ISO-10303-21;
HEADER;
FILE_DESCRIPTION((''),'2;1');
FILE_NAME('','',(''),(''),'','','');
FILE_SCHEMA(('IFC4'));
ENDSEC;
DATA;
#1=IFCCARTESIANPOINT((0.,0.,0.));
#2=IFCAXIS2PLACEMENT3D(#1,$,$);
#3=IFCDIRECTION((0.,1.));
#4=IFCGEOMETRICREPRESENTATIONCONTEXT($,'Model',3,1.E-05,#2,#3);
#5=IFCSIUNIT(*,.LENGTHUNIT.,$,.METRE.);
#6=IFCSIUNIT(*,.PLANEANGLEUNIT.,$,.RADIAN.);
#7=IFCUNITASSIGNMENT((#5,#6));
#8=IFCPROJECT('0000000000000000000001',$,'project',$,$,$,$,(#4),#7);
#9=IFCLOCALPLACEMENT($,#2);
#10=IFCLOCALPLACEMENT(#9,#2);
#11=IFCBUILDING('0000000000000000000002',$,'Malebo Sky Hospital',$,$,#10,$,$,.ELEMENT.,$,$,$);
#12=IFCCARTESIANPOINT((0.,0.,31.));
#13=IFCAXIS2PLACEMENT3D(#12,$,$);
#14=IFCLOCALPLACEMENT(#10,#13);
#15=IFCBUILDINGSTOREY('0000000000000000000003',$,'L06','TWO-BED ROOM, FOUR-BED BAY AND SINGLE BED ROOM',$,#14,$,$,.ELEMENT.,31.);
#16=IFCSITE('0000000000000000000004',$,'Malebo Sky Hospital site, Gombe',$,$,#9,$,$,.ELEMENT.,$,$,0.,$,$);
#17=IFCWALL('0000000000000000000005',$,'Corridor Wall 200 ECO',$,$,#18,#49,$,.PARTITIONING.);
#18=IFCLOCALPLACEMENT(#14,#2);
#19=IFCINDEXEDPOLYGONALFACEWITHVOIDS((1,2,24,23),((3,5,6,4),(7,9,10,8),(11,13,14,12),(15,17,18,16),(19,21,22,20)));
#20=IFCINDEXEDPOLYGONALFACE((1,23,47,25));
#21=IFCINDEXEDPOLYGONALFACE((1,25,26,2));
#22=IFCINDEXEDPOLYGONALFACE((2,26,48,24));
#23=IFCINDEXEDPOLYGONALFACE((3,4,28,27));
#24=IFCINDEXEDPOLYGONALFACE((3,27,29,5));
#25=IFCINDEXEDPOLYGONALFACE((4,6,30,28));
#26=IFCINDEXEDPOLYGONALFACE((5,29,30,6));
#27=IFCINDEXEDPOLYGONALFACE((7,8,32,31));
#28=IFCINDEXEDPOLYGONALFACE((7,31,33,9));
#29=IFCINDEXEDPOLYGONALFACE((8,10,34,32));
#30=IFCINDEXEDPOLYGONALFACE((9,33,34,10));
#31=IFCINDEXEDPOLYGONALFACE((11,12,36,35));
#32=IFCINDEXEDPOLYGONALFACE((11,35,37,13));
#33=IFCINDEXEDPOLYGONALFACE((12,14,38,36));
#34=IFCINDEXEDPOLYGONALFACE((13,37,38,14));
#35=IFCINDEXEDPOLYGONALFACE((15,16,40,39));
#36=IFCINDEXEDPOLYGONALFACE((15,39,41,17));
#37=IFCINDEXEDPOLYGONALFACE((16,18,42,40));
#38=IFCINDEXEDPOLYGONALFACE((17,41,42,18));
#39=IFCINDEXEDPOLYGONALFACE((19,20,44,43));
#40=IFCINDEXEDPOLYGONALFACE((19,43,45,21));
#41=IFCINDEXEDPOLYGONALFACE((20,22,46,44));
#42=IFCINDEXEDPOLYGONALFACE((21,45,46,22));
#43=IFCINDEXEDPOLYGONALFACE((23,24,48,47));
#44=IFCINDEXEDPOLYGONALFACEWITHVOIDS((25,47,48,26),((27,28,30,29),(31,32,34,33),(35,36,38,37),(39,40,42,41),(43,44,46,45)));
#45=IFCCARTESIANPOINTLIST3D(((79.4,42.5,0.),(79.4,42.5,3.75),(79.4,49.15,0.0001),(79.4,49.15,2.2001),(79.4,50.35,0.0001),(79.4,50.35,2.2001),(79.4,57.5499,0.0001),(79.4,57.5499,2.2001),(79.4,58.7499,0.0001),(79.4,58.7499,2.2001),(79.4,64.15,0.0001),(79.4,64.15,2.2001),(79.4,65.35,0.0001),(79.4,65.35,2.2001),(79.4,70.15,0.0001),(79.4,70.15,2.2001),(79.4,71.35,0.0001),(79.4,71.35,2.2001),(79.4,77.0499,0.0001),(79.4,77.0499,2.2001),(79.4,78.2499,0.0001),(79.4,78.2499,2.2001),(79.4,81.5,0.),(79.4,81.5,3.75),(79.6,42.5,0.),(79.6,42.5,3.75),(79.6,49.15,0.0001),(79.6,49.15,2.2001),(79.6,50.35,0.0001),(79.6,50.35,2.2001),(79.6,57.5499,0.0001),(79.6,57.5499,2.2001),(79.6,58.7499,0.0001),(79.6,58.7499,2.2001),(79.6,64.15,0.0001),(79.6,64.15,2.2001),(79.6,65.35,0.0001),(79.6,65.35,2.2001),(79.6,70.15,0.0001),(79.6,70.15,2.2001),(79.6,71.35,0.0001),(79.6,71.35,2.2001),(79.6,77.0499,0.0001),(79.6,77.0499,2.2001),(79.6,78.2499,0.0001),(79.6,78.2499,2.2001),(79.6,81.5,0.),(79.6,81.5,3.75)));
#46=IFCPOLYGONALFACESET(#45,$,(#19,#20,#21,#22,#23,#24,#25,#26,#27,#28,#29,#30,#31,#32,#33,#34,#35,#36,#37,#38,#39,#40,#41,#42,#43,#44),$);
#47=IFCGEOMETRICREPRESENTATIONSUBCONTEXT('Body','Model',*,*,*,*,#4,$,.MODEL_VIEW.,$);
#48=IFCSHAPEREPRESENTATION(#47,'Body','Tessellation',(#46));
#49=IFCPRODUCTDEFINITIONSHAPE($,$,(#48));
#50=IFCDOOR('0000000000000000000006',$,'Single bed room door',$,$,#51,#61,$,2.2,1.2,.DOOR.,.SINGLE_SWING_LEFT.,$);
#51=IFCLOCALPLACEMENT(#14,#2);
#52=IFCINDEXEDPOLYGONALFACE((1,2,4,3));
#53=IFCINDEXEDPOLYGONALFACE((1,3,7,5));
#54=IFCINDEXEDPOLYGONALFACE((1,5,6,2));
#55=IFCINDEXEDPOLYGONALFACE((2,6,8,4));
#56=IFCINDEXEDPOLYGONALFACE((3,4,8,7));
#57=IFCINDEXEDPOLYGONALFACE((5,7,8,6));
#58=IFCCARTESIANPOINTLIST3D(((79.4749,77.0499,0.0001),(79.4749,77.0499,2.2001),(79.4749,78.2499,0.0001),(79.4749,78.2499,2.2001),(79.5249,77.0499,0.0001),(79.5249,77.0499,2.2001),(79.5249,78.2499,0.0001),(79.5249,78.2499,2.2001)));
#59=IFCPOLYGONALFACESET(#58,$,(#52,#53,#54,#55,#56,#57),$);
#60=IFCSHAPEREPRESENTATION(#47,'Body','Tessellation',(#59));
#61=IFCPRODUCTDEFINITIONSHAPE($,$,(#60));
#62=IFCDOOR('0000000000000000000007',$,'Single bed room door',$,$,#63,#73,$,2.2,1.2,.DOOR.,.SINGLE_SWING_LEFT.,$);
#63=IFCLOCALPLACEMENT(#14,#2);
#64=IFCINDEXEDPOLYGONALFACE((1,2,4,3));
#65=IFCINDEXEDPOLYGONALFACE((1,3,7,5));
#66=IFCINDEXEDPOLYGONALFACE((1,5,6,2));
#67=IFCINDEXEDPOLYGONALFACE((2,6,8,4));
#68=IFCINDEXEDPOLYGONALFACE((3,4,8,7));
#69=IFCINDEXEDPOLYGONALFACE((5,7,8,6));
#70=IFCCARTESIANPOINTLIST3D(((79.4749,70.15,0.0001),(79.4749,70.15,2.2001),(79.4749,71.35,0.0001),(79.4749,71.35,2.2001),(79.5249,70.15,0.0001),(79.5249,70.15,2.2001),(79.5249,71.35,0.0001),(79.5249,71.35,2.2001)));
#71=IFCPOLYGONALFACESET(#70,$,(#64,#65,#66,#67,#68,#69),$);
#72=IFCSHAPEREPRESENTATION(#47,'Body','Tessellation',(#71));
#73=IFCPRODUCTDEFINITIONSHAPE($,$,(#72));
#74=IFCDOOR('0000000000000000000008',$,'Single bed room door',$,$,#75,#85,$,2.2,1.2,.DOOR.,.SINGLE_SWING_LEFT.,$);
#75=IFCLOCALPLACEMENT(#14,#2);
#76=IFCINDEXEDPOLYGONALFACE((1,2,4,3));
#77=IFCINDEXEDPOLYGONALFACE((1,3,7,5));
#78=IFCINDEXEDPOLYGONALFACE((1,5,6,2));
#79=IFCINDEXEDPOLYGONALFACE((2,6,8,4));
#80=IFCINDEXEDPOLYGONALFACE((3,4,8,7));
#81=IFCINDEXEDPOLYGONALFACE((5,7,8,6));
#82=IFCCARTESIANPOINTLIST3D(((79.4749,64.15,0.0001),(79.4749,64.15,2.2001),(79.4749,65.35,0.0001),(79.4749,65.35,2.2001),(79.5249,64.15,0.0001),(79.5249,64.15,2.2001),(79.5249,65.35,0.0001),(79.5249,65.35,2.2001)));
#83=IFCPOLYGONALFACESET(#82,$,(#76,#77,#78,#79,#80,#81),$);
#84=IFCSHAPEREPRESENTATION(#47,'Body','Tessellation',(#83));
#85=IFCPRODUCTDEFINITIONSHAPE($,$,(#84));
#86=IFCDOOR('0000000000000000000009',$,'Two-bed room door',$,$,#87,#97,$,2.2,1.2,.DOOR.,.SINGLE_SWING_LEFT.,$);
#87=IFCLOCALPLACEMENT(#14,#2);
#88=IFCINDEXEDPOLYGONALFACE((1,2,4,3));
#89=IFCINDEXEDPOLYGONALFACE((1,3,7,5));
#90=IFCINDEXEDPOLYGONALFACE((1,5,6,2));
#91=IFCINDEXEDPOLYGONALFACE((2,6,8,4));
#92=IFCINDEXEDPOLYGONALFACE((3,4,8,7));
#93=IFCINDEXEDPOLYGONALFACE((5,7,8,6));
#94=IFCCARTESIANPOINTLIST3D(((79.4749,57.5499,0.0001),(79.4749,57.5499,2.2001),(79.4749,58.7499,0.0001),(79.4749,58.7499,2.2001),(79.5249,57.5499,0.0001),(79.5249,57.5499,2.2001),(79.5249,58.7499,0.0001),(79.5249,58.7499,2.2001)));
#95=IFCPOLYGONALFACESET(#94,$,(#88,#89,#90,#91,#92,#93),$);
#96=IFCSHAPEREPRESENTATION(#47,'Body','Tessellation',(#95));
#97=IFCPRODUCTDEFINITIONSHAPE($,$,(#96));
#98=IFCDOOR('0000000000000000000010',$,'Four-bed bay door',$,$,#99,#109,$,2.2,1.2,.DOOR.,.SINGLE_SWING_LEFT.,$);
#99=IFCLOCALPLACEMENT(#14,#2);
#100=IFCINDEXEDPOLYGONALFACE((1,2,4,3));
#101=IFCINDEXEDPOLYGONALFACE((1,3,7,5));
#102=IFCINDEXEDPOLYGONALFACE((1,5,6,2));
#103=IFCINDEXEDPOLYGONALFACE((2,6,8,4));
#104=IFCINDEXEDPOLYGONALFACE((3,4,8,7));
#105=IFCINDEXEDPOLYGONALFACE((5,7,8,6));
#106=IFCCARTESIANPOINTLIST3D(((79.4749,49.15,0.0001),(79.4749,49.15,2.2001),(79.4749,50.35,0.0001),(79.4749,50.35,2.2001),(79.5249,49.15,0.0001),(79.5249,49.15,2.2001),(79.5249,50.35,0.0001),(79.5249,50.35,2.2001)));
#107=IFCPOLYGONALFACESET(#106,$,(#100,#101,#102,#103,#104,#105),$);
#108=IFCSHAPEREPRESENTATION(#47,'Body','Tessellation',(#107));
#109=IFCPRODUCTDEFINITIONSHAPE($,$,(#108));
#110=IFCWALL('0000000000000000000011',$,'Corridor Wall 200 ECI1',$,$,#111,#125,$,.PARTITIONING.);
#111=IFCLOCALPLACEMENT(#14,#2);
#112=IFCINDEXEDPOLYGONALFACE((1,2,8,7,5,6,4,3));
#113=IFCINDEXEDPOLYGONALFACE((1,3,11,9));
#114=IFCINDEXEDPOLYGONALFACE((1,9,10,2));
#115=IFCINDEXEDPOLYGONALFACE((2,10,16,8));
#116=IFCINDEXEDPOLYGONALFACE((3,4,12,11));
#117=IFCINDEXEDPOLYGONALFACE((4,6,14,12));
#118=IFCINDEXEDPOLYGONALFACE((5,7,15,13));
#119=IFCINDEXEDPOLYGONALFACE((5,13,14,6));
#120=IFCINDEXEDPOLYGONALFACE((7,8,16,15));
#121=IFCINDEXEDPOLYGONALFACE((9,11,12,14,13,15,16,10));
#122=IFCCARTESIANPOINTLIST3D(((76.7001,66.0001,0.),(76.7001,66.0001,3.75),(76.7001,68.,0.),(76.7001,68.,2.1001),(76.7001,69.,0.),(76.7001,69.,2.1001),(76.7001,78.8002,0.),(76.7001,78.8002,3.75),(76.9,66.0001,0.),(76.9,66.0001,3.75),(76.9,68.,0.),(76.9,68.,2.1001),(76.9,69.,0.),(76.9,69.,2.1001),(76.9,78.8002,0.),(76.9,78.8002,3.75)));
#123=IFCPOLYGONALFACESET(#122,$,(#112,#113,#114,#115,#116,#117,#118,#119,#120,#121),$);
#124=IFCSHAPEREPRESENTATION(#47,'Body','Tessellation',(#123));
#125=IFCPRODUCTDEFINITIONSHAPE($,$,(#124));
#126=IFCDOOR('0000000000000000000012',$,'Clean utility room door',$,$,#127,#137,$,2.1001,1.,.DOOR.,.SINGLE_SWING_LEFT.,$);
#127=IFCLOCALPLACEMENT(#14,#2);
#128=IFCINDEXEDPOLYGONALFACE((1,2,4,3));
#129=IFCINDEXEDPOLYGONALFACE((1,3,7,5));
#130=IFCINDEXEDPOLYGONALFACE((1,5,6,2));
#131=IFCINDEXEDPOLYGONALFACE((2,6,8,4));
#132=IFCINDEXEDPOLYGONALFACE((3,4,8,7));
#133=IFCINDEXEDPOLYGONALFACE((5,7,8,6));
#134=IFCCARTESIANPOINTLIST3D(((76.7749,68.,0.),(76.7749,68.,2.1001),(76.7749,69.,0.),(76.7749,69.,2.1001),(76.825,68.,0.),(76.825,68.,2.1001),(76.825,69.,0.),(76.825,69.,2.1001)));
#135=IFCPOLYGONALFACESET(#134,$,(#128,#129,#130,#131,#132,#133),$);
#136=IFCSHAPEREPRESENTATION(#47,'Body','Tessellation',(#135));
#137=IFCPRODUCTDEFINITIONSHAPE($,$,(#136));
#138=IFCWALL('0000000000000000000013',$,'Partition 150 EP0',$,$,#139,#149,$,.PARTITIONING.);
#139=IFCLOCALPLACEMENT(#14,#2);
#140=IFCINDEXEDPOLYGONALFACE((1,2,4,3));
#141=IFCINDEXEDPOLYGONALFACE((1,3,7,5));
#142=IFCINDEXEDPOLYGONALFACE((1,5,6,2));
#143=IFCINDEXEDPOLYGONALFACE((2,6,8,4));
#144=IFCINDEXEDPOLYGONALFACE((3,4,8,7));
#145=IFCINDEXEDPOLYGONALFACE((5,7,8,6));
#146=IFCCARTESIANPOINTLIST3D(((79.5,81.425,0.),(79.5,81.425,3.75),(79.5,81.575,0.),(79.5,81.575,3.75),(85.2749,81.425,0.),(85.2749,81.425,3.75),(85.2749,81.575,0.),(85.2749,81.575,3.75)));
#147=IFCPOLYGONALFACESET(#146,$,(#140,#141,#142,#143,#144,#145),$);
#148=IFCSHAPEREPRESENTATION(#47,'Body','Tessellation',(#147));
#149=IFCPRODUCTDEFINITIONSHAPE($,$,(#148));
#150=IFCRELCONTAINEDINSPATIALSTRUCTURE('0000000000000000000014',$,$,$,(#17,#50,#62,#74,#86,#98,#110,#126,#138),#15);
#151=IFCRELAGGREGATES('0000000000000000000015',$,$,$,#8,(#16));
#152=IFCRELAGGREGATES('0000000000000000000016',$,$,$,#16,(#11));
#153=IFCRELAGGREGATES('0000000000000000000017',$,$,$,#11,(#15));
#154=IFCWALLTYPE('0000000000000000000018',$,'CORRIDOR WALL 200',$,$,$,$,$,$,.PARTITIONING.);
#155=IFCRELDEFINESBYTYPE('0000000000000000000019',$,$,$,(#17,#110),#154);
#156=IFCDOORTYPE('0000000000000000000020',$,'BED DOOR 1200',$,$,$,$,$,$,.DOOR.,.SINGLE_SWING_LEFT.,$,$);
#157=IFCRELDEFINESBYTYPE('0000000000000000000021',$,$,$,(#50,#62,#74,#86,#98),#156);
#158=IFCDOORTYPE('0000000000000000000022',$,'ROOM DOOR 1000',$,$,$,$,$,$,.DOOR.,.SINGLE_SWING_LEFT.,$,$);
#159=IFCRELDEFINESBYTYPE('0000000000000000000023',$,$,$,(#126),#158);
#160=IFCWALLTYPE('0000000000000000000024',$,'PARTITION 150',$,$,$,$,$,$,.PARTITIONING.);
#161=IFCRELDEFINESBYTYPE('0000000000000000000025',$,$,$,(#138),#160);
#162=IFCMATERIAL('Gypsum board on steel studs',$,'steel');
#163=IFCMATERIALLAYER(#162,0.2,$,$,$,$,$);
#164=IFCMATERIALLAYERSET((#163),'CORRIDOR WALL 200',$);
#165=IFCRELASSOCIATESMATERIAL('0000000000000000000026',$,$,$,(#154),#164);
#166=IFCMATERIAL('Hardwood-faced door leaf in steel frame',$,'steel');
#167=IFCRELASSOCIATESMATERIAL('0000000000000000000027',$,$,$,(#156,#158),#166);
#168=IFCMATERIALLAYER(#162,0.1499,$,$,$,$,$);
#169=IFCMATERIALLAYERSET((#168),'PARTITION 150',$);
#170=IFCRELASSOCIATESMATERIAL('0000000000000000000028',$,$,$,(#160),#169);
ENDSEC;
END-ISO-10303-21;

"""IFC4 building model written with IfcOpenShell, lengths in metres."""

from ifc_helpers import new_model, si_unit, direction, frame, frame_2d, origin, place, context, subcontext, project, spatial, rectangle, extrude, material, layer, layer_set, type_object, element, fill, save


model = new_model("IFC4")

# Units and contexts
model_context = context("Model", 3, precision=1e-05, world=origin(), true_north=direction((0.0, 1.0)))
body_context = subcontext(model_context, "Body", "Model", "MODEL_VIEW")
ifc_project = project(units=[si_unit("LENGTHUNIT", "METRE"), si_unit("PLANEANGLEUNIT", "RADIAN")], contexts=[model_context])

# Site, building, storey
site_placement = place(None, origin())
site = spatial("IfcSite", under=ifc_project, at=site_placement, Name="Malebo Sky Hospital site, Gombe", CompositionType="ELEMENT", RefElevation=0.0)
building_placement = place(site_placement, origin())
building = spatial("IfcBuilding", under=site, at=building_placement, Name="Malebo Sky Hospital", CompositionType="ELEMENT")
storey_placement = place(building_placement, frame((0.0, 0.0, 31.0)))
storey = spatial("IfcBuildingStorey", under=building, at=storey_placement, Name="L06", Description="TWO-BED ROOM, FOUR-BED BAY AND SINGLE BED ROOM", CompositionType="ELEMENT", Elevation=31.0)

# Wall, openings, doors
ifc_material_1 = material(Name="Gypsum board on steel studs", Category="steel")
ifc_layer_1 = layer(ifc_material_1, 0.2)
ifc_layer_set_1 = layer_set([ifc_layer_1], Name="CORRIDOR WALL 200")
wall_type_1 = type_object("IfcWallType", Name="CORRIDOR WALL 200", PredefinedType="PARTITIONING", material=ifc_layer_set_1)
wall_1_placement = place(storey_placement, frame((79.5, 81.5, 0.0), z_axis=(0.0, 0.0, 1.0), x_axis=(0.0, -1.0, 0.0)))
wall_1 = element("IfcWall", 1, at=wall_1_placement, inside=storey, type_object=wall_type_1, Name="Corridor Wall 200 ECO", PredefinedType="PARTITIONING", context=body_context, shape_type="SweptSolid", body=[
    extrude(rectangle(XDim=39.0, YDim=0.2, at=frame_2d((19.5, 0.0))), origin(), (0.0, 0.0, 1.0), 3.75),
])
opening_1_placement = place(wall_1_placement, frame((3.25, 0.0, 0.0)))
opening_1 = element("IfcOpeningElement", 2, at=opening_1_placement, cuts=wall_1, PredefinedType="OPENING", context=body_context, shape_type="SweptSolid", body=[
    extrude(rectangle(XDim=1.2, YDim=2.2, at=frame_2d((0.6001, 1.1001))), frame((0.0, 0.1099, 0.0), z_axis=(0.0, -1.0, 0.0), x_axis=(1.0, 0.0, 0.0)), (0.0, 0.0, 1.0), 0.22),
])
opening_2_placement = place(wall_1_placement, frame((10.1499, 0.0, 0.0)))
opening_2 = element("IfcOpeningElement", 3, at=opening_2_placement, cuts=wall_1, PredefinedType="OPENING", context=body_context, shape_type="SweptSolid", body=[
    extrude(rectangle(XDim=1.2, YDim=2.2, at=frame_2d((0.6001, 1.1001))), frame((0.0, 0.1099, 0.0), z_axis=(0.0, -1.0, 0.0), x_axis=(1.0, 0.0, 0.0)), (0.0, 0.0, 1.0), 0.22),
])
opening_3_placement = place(wall_1_placement, frame((16.1499, 0.0, 0.0)))
opening_3 = element("IfcOpeningElement", 4, at=opening_3_placement, cuts=wall_1, PredefinedType="OPENING", context=body_context, shape_type="SweptSolid", body=[
    extrude(rectangle(XDim=1.2, YDim=2.2, at=frame_2d((0.6001, 1.1001))), frame((0.0, 0.1099, 0.0), z_axis=(0.0, -1.0, 0.0), x_axis=(1.0, 0.0, 0.0)), (0.0, 0.0, 1.0), 0.22),
])
opening_4_placement = place(wall_1_placement, frame((22.75, 0.0, 0.0)))
opening_4 = element("IfcOpeningElement", 5, at=opening_4_placement, cuts=wall_1, PredefinedType="OPENING", context=body_context, shape_type="SweptSolid", body=[
    extrude(rectangle(XDim=1.2, YDim=2.2, at=frame_2d((0.6001, 1.1001))), frame((0.0, 0.1099, 0.0), z_axis=(0.0, -1.0, 0.0), x_axis=(1.0, 0.0, 0.0)), (0.0, 0.0, 1.0), 0.22),
])
opening_5_placement = place(wall_1_placement, frame((31.1499, 0.0, 0.0)))
opening_5 = element("IfcOpeningElement", 6, at=opening_5_placement, cuts=wall_1, PredefinedType="OPENING", context=body_context, shape_type="SweptSolid", body=[
    extrude(rectangle(XDim=1.2, YDim=2.2, at=frame_2d((0.6001, 1.1001))), frame((0.0, 0.1099, 0.0), z_axis=(0.0, -1.0, 0.0), x_axis=(1.0, 0.0, 0.0)), (0.0, 0.0, 1.0), 0.22),
])
ifc_material_2 = material(Name="Hardwood-faced door leaf in steel frame", Category="steel")
door_type_1 = type_object("IfcDoorType", Name="BED DOOR 1200", OperationType="SINGLE_SWING_LEFT", PredefinedType="DOOR", material=ifc_material_2)
door_1_placement = place(opening_1_placement, origin())
door_1 = element("IfcDoor", 7, at=door_1_placement, inside=storey, type_object=door_type_1, Name="Single bed room door", OperationType="SINGLE_SWING_LEFT", OverallHeight=2.2, OverallWidth=1.2, PredefinedType="DOOR", context=body_context, shape_type="SweptSolid", body=[
    extrude(rectangle(XDim=1.2, YDim=2.2, at=frame_2d((0.6001, 1.1001))), frame((0.0, 0.0249, 0.0), z_axis=(0.0, -1.0, 0.0), x_axis=(1.0, 0.0, 0.0)), (0.0, 0.0, 1.0), 0.05),
])
fill(opening_1, door_1)
door_2_placement = place(opening_2_placement, origin())
door_2 = element("IfcDoor", 8, at=door_2_placement, inside=storey, type_object=door_type_1, Name="Single bed room door", OperationType="SINGLE_SWING_LEFT", OverallHeight=2.2, OverallWidth=1.2, PredefinedType="DOOR", context=body_context, shape_type="SweptSolid", body=[
    extrude(rectangle(XDim=1.2, YDim=2.2, at=frame_2d((0.6001, 1.1001))), frame((0.0, 0.0249, 0.0), z_axis=(0.0, -1.0, 0.0), x_axis=(1.0, 0.0, 0.0)), (0.0, 0.0, 1.0), 0.05),
])
fill(opening_2, door_2)
door_3_placement = place(opening_3_placement, origin())
door_3 = element("IfcDoor", 9, at=door_3_placement, inside=storey, type_object=door_type_1, Name="Single bed room door", OperationType="SINGLE_SWING_LEFT", OverallHeight=2.2, OverallWidth=1.2, PredefinedType="DOOR", context=body_context, shape_type="SweptSolid", body=[
    extrude(rectangle(XDim=1.2, YDim=2.2, at=frame_2d((0.6001, 1.1001))), frame((0.0, 0.0249, 0.0), z_axis=(0.0, -1.0, 0.0), x_axis=(1.0, 0.0, 0.0)), (0.0, 0.0, 1.0), 0.05),
])
fill(opening_3, door_3)
door_4_placement = place(opening_4_placement, origin())
door_4 = element("IfcDoor", 10, at=door_4_placement, inside=storey, type_object=door_type_1, Name="Two-bed room door", OperationType="SINGLE_SWING_LEFT", OverallHeight=2.2, OverallWidth=1.2, PredefinedType="DOOR", context=body_context, shape_type="SweptSolid", body=[
    extrude(rectangle(XDim=1.2, YDim=2.2, at=frame_2d((0.6001, 1.1001))), frame((0.0, 0.0249, 0.0), z_axis=(0.0, -1.0, 0.0), x_axis=(1.0, 0.0, 0.0)), (0.0, 0.0, 1.0), 0.05),
])
fill(opening_4, door_4)
door_5_placement = place(opening_5_placement, origin())
door_5 = element("IfcDoor", 11, at=door_5_placement, inside=storey, type_object=door_type_1, Name="Four-bed bay door", OperationType="SINGLE_SWING_LEFT", OverallHeight=2.2, OverallWidth=1.2, PredefinedType="DOOR", context=body_context, shape_type="SweptSolid", body=[
    extrude(rectangle(XDim=1.2, YDim=2.2, at=frame_2d((0.6001, 1.1001))), frame((0.0, 0.0249, 0.0), z_axis=(0.0, -1.0, 0.0), x_axis=(1.0, 0.0, 0.0)), (0.0, 0.0, 1.0), 0.05),
])
fill(opening_5, door_5)

# Wall, opening, door
wall_2_placement = place(storey_placement, frame((76.8, 78.8, 0.0), z_axis=(0.0, 0.0, 1.0), x_axis=(0.0, -1.0, 0.0)))
wall_2 = element("IfcWall", 12, at=wall_2_placement, inside=storey, type_object=wall_type_1, Name="Corridor Wall 200 ECI1", PredefinedType="PARTITIONING", context=body_context, shape_type="SweptSolid", body=[
    extrude(rectangle(XDim=12.8, YDim=0.2, at=frame_2d((6.3999, 0.0))), origin(), (0.0, 0.0, 1.0), 3.75),
])
opening_6_placement = place(wall_2_placement, frame((9.8, 0.0, 0.0)))
opening_6 = element("IfcOpeningElement", 13, at=opening_6_placement, cuts=wall_2, PredefinedType="OPENING", context=body_context, shape_type="SweptSolid", body=[
    extrude(rectangle(XDim=1.0, YDim=2.1001, at=frame_2d((0.5, 1.05))), frame((0.0, 0.1099, 0.0), z_axis=(0.0, -1.0, 0.0), x_axis=(1.0, 0.0, 0.0)), (0.0, 0.0, 1.0), 0.22),
])
door_type_2 = type_object("IfcDoorType", Name="ROOM DOOR 1000", OperationType="SINGLE_SWING_LEFT", PredefinedType="DOOR", material=ifc_material_2)
door_6_placement = place(opening_6_placement, origin())
door_6 = element("IfcDoor", 14, at=door_6_placement, inside=storey, type_object=door_type_2, Name="Clean utility room door", OperationType="SINGLE_SWING_LEFT", OverallHeight=2.1001, OverallWidth=1.0, PredefinedType="DOOR", context=body_context, shape_type="SweptSolid", body=[
    extrude(rectangle(XDim=1.0, YDim=2.1001, at=frame_2d((0.5, 1.05))), frame((0.0, 0.0249, 0.0), z_axis=(0.0, -1.0, 0.0), x_axis=(1.0, 0.0, 0.0)), (0.0, 0.0, 1.0), 0.05),
])
fill(opening_6, door_6)

# Wall
ifc_layer_2 = layer(ifc_material_1, 0.1499)
ifc_layer_set_2 = layer_set([ifc_layer_2], Name="PARTITION 150")
wall_type_2 = type_object("IfcWallType", Name="PARTITION 150", PredefinedType="PARTITIONING", material=ifc_layer_set_2)
wall_3_placement = place(storey_placement, frame((79.5, 81.5, 0.0), z_axis=(0.0, 0.0, 1.0), x_axis=(1.0, 0.0, 0.0)))
element("IfcWall", 15, at=wall_3_placement, inside=storey, type_object=wall_type_2, Name="Partition 150 EP0", PredefinedType="PARTITIONING", context=body_context, shape_type="SweptSolid", body=[
    extrude(rectangle(XDim=5.7749, YDim=0.1499, at=frame_2d((2.8875, 0.0))), origin(), (0.0, 0.0, 1.0), 3.75),
])

save(model, "model.ifc")
